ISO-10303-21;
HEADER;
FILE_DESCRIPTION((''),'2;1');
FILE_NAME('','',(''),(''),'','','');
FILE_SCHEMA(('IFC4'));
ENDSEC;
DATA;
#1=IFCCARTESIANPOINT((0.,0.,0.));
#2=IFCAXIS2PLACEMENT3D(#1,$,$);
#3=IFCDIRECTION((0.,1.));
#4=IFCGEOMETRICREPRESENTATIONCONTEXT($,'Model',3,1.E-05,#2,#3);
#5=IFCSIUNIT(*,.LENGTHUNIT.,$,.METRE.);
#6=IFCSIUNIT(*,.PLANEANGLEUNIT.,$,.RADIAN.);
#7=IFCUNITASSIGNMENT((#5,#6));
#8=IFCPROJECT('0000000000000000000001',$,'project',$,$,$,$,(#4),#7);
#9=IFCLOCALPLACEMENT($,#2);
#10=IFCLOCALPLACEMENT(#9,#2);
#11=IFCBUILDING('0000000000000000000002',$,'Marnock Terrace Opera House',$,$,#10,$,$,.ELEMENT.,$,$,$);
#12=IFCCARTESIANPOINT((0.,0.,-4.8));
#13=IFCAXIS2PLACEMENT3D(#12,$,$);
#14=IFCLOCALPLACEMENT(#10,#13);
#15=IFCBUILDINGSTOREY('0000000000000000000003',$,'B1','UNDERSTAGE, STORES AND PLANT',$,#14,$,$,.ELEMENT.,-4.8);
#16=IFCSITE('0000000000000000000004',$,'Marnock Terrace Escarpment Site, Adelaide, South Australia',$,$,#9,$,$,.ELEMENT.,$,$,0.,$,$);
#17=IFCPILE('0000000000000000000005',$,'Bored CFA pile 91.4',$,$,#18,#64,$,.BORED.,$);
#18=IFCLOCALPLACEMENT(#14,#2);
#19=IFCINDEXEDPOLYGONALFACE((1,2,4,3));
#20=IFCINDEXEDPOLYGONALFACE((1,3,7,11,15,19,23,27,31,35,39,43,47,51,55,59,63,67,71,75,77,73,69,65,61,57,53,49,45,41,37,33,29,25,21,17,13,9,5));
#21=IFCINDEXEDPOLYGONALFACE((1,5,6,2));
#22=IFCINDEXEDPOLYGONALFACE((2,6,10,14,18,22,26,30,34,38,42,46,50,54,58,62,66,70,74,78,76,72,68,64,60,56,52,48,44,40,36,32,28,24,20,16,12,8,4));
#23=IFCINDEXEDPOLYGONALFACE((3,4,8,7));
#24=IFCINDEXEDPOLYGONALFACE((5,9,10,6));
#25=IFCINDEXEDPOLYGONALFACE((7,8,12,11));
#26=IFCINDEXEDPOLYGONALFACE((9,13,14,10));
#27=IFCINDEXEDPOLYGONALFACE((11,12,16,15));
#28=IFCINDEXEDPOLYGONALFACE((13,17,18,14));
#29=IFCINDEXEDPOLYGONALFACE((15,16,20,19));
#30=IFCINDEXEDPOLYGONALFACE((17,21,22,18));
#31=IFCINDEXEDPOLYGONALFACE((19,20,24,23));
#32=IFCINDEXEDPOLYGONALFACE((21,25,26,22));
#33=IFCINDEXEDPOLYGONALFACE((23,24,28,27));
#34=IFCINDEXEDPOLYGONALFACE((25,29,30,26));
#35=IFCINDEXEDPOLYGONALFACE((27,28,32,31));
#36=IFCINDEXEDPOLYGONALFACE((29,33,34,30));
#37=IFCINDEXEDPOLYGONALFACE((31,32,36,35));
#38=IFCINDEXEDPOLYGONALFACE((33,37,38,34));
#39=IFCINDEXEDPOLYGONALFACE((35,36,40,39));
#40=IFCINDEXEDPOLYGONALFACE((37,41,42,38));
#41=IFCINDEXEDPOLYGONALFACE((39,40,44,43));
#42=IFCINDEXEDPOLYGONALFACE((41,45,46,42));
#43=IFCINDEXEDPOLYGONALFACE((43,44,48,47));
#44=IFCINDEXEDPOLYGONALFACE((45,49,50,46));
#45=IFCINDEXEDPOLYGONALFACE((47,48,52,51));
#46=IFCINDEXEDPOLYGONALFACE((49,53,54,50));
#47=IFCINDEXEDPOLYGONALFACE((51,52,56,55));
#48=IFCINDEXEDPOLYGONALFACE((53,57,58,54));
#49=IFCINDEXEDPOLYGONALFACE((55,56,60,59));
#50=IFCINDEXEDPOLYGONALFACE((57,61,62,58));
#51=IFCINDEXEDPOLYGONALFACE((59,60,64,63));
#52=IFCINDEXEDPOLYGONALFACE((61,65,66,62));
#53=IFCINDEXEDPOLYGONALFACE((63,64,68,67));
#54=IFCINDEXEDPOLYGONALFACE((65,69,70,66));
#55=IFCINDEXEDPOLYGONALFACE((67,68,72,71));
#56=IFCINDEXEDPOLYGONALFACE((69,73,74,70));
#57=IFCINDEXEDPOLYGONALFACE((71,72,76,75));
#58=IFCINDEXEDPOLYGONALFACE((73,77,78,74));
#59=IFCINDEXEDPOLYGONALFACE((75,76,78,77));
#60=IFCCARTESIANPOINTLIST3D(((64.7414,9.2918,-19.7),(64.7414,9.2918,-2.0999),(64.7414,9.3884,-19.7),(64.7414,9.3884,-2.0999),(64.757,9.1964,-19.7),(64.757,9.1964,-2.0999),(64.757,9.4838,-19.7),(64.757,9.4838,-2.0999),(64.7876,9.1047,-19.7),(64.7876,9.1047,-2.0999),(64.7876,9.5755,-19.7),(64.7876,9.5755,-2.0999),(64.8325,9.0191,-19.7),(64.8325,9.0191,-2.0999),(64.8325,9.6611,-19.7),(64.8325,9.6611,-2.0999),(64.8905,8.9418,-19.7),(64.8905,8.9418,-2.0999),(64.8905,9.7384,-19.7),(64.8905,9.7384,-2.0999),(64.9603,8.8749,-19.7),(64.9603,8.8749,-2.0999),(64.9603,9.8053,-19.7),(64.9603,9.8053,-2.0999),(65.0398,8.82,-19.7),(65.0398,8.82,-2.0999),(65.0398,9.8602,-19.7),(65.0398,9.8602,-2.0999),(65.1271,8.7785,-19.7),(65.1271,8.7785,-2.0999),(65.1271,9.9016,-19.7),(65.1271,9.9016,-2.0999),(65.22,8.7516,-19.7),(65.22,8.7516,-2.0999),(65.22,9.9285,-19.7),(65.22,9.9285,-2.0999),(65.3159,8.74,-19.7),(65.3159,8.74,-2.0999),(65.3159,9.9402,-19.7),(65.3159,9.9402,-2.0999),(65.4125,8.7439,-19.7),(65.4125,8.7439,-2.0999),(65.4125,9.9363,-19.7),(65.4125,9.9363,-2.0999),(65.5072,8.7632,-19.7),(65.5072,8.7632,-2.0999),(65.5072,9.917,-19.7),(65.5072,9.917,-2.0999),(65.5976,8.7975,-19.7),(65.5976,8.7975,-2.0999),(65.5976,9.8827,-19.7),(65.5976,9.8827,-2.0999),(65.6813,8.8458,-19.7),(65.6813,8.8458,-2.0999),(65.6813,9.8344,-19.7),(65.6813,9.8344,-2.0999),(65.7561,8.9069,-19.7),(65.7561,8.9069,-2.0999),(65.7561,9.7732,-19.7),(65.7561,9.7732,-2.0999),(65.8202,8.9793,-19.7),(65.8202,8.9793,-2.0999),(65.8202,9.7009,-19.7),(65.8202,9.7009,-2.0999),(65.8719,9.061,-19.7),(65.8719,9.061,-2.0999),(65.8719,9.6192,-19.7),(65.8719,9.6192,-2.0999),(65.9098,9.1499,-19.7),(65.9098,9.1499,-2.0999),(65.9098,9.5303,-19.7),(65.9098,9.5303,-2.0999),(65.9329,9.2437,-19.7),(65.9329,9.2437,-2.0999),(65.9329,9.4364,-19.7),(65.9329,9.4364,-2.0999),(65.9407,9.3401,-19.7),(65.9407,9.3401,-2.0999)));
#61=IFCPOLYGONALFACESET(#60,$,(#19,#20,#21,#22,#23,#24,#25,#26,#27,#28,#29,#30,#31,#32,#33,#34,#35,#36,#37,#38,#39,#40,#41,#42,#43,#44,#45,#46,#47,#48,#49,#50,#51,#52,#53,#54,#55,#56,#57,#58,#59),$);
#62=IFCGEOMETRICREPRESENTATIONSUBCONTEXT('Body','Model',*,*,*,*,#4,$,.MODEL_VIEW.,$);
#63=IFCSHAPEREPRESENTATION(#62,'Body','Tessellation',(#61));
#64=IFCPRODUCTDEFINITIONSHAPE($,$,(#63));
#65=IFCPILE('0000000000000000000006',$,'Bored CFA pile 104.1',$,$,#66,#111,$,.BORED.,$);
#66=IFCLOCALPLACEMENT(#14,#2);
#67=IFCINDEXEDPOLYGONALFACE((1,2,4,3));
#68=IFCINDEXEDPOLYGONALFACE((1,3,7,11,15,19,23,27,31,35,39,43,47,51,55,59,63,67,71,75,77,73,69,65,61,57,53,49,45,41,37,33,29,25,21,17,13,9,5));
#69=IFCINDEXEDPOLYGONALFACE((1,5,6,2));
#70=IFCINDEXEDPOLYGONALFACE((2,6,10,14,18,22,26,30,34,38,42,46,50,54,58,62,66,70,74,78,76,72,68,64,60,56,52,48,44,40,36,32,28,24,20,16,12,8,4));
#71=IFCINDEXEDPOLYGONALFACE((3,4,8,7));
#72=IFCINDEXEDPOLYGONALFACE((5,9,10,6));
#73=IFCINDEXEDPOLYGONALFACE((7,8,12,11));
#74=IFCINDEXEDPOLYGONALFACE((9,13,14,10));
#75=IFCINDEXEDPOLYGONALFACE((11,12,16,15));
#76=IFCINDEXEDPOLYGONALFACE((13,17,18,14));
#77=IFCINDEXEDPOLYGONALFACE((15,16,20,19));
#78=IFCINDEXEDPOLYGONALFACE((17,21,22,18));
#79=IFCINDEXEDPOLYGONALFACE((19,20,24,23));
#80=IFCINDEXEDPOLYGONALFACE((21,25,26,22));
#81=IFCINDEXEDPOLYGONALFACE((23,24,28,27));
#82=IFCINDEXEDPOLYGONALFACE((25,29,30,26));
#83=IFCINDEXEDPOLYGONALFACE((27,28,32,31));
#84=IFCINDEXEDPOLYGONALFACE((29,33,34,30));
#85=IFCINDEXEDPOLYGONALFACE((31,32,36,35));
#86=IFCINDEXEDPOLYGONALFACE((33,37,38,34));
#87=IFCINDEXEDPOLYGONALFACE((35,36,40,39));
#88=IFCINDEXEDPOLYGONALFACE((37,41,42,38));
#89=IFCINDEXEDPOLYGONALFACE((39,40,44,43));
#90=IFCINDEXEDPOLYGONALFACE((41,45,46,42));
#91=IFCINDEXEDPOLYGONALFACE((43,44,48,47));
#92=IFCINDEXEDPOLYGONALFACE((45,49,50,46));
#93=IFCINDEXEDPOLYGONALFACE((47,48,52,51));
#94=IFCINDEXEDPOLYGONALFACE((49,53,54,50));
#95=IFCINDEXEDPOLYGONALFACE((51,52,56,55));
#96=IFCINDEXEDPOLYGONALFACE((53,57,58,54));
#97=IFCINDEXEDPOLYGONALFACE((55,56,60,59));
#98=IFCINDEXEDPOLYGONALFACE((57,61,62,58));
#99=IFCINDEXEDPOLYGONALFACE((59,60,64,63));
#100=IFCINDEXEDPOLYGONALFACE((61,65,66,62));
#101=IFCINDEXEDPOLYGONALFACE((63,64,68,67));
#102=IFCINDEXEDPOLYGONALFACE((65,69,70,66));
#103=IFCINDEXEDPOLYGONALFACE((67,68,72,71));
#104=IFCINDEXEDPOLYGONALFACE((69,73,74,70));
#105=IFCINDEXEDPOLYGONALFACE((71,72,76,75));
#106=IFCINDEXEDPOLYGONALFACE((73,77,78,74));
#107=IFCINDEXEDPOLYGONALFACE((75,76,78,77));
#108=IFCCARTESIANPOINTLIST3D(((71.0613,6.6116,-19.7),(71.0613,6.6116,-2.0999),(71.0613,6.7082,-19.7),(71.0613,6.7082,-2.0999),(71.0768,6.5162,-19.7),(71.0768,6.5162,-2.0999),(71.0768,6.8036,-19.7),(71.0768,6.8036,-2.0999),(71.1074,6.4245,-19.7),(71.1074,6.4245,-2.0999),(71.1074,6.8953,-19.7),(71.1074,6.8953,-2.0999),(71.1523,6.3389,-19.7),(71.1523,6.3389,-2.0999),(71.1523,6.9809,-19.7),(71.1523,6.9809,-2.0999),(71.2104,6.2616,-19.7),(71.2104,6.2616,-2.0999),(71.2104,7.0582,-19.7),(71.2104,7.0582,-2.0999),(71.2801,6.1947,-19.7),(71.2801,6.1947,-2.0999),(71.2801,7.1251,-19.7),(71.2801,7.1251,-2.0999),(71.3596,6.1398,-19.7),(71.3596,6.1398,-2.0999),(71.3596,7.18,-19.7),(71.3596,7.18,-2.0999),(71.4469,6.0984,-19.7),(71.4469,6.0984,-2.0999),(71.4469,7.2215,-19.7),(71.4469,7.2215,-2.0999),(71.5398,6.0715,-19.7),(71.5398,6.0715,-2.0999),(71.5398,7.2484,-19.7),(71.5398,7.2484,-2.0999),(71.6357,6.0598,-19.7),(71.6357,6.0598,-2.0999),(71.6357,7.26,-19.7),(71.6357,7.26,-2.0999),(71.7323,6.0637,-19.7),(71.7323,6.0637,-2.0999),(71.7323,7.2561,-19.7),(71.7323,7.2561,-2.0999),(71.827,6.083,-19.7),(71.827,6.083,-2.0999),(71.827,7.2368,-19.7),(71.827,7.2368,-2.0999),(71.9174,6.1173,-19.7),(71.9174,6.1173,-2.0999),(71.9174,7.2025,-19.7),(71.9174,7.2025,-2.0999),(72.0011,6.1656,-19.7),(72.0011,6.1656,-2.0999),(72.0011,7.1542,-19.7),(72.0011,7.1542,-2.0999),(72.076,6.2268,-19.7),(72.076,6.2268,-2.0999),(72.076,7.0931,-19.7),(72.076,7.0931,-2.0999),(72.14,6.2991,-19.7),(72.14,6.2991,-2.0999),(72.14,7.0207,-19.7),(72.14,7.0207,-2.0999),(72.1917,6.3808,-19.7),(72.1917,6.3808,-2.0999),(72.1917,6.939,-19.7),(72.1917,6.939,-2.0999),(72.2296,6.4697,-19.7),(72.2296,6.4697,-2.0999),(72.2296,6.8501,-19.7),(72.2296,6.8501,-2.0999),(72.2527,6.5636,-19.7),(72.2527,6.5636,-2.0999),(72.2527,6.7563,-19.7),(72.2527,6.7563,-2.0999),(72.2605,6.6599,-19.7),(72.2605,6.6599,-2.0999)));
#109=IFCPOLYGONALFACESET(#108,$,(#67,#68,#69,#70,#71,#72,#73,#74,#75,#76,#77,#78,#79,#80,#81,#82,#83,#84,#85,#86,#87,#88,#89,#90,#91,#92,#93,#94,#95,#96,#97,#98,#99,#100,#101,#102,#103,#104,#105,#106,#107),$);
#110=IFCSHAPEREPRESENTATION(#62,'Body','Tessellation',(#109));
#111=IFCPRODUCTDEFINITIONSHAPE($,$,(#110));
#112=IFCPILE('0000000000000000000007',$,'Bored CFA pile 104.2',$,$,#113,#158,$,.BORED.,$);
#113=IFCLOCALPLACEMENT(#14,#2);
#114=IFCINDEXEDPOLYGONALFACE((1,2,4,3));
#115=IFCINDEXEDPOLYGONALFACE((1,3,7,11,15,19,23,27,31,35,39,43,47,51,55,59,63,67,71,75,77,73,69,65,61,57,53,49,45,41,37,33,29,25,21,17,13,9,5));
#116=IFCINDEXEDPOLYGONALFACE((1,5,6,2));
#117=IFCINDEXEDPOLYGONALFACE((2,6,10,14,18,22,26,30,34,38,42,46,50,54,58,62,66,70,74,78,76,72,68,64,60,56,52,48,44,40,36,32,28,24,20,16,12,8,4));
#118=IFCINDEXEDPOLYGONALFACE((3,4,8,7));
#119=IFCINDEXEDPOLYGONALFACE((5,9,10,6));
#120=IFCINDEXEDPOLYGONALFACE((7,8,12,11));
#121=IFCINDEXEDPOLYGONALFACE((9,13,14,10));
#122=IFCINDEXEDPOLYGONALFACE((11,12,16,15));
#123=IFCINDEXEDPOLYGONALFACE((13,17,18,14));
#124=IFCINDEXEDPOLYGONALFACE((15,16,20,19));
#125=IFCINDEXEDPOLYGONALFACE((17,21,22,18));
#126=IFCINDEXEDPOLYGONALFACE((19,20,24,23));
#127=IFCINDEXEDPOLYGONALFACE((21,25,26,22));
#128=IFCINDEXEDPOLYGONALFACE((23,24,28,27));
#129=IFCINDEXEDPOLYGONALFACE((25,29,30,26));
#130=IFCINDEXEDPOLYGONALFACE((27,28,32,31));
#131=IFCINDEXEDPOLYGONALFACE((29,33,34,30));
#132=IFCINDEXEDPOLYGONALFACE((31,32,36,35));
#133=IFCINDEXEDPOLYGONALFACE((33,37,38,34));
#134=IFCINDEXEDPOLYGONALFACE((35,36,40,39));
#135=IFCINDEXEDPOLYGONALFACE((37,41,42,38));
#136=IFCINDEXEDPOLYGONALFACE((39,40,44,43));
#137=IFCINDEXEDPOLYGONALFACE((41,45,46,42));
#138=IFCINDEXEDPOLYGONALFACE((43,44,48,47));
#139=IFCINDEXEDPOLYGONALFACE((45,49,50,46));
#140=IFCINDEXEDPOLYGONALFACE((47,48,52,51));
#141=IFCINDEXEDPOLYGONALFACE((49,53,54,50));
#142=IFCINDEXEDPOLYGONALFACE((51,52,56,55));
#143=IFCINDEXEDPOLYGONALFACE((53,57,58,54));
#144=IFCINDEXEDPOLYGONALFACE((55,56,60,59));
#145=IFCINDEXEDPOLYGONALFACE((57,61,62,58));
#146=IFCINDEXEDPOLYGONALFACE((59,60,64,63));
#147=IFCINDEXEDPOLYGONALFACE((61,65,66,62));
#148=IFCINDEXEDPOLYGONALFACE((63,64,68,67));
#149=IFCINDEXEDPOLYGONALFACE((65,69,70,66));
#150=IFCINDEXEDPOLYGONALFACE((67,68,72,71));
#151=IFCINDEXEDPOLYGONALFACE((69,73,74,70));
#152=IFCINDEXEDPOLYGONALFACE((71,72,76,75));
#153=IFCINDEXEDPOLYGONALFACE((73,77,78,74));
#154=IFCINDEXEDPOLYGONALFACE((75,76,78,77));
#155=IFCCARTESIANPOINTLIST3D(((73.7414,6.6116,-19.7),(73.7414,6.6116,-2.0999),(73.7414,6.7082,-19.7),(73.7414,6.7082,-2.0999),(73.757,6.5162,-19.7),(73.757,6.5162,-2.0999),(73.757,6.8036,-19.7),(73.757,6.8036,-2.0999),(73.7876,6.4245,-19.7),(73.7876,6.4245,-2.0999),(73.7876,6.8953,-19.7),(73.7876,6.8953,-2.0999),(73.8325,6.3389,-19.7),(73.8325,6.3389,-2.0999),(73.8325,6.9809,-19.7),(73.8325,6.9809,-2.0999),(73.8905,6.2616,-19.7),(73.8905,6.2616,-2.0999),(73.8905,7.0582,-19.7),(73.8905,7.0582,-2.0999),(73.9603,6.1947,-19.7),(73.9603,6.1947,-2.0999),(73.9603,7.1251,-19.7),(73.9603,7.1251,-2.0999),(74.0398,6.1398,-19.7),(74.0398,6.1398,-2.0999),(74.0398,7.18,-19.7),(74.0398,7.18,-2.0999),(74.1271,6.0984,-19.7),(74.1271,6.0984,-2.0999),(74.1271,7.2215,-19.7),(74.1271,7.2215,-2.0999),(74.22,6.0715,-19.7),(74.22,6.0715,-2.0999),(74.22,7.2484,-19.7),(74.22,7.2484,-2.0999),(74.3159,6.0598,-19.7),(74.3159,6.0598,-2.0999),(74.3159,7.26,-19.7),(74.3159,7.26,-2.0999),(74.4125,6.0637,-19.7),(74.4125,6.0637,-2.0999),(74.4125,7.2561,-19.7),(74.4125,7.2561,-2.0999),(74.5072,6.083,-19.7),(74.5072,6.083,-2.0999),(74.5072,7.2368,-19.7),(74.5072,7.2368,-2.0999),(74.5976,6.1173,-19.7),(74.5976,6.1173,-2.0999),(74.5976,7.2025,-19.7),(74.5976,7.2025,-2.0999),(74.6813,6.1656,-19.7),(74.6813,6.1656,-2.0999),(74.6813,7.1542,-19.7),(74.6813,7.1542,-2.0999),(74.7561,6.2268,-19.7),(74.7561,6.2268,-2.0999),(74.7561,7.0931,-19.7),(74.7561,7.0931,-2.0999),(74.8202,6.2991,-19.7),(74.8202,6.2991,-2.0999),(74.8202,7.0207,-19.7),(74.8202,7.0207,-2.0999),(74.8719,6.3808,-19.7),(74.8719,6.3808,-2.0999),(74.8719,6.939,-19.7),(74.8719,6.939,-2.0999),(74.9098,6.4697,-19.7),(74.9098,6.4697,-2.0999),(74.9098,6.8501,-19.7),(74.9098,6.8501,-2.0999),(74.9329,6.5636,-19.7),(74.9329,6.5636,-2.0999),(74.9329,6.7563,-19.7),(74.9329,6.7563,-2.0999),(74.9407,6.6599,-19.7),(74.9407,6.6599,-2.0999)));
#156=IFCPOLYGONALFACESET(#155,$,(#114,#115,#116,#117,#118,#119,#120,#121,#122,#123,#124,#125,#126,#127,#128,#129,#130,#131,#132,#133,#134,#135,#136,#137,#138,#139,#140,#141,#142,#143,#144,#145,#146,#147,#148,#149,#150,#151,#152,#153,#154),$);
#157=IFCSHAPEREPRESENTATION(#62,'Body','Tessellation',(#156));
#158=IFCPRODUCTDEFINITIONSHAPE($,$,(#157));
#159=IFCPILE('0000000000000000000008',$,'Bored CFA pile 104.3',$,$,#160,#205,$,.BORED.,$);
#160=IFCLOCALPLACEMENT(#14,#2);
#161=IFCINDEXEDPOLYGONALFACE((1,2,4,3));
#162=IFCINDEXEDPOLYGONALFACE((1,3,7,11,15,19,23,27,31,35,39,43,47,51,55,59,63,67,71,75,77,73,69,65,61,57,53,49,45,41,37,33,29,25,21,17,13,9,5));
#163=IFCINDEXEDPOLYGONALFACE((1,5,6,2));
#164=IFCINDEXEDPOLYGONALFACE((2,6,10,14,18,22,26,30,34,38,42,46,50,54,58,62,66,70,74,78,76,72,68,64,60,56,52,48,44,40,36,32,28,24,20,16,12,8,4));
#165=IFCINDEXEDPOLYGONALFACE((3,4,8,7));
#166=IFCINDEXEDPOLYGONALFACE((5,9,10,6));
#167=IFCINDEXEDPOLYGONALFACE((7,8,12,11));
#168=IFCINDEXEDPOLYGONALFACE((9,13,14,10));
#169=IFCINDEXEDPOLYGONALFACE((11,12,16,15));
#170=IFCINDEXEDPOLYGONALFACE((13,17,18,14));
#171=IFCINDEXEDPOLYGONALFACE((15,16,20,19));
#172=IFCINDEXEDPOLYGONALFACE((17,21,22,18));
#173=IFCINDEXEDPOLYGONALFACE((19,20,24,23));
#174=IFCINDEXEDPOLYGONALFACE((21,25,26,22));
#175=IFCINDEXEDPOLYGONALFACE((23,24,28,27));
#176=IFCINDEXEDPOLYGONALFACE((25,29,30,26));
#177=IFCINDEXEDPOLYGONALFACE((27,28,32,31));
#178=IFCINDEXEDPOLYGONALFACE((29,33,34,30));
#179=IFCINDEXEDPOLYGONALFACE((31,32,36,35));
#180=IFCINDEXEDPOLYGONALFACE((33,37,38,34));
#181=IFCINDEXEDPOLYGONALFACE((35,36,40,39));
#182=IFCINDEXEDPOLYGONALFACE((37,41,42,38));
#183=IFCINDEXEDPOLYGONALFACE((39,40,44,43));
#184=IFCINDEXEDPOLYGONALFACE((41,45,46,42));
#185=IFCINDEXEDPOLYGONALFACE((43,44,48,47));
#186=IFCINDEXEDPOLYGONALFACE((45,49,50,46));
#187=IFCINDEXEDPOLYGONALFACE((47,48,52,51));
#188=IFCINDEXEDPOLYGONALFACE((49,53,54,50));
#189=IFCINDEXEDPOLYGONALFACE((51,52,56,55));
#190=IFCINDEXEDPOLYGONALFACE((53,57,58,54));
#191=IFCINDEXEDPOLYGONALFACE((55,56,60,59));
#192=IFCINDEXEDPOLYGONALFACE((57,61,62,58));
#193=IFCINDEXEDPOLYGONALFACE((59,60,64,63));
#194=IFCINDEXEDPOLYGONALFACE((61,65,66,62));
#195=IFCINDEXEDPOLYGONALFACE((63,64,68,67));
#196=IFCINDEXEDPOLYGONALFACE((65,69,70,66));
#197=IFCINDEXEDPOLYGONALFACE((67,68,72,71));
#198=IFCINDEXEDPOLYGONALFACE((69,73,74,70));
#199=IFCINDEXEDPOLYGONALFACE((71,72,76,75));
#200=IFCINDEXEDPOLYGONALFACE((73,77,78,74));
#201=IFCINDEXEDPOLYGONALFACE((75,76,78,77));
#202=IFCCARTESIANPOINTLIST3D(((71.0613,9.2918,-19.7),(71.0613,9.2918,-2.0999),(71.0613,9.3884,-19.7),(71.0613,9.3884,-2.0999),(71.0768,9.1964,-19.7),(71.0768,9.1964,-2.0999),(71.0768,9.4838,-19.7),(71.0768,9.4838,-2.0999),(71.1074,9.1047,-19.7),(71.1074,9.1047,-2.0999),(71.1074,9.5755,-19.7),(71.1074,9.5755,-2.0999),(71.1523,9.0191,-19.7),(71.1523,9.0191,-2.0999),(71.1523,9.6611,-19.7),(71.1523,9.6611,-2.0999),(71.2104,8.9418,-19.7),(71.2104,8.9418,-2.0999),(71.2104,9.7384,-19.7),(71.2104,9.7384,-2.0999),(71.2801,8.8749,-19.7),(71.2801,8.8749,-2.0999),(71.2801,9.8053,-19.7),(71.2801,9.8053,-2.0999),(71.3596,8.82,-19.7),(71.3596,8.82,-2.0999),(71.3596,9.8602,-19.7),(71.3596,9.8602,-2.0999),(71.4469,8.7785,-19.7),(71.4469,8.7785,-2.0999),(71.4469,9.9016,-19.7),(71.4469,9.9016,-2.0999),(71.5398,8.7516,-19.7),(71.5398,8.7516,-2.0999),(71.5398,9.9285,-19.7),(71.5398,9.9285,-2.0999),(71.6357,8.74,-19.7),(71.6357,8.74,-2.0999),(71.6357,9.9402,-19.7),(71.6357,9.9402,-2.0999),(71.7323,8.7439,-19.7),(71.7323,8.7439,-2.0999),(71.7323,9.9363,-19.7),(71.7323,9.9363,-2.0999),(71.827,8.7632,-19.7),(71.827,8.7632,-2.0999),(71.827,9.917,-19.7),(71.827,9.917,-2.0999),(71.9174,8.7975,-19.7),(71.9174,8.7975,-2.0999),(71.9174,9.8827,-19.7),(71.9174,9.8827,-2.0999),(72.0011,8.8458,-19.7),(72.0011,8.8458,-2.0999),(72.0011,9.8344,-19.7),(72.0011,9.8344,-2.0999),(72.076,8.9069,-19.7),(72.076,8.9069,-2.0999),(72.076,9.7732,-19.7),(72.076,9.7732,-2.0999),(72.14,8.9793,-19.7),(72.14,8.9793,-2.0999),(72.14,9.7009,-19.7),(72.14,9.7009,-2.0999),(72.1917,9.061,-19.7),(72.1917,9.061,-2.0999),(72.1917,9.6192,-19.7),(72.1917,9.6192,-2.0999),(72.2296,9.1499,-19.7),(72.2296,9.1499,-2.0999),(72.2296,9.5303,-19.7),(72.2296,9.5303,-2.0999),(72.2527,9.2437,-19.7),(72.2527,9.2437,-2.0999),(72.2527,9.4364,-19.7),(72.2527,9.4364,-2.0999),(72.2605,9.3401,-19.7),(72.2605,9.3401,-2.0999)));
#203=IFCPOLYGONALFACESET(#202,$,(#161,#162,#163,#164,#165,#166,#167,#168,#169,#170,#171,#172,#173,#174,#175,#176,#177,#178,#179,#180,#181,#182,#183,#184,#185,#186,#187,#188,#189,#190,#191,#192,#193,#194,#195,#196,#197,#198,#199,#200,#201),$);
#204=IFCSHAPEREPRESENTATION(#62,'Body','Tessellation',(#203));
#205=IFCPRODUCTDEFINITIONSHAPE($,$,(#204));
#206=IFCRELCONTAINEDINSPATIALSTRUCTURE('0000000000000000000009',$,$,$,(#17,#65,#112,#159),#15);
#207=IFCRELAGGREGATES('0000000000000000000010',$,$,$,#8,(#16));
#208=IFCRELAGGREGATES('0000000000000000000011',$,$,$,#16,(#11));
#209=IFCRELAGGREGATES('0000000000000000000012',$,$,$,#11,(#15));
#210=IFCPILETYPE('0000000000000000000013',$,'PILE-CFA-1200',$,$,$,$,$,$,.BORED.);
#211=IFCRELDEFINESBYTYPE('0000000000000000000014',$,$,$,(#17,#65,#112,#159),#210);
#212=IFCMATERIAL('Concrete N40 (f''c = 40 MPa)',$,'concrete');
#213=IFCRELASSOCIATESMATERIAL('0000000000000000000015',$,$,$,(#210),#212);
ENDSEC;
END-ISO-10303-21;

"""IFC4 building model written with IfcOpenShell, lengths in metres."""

from ifc_helpers import new_model, si_unit, direction, frame, origin, origin_2d, place, context, subcontext, project, spatial, circle, extrude, material, material_profile, profile_set, type_object, element, save


model = new_model("IFC4")

# Units and contexts
model_context = context("Model", 3, precision=1e-05, world=origin(), true_north=direction((0.0, 1.0)))
body_context = subcontext(model_context, "Body", "Model", "MODEL_VIEW")
ifc_project = project(units=[si_unit("LENGTHUNIT", "METRE"), si_unit("PLANEANGLEUNIT", "RADIAN")], contexts=[model_context])

# Site, building, storey
site_placement = place(None, origin())
site = spatial("IfcSite", under=ifc_project, at=site_placement, Name="Marnock Terrace Escarpment Site, Adelaide, South Australia", CompositionType="ELEMENT", RefElevation=0.0)
building_placement = place(site_placement, origin())
building = spatial("IfcBuilding", under=site, at=building_placement, Name="Marnock Terrace Opera House", CompositionType="ELEMENT")
storey_placement = place(building_placement, frame((0.0, 0.0, -4.8)))
storey = spatial("IfcBuildingStorey", under=building, at=storey_placement, Name="B1", Description="UNDERSTAGE, STORES AND PLANT", CompositionType="ELEMENT", Elevation=-4.8)

# Shared definitions
ifc_material_1 = material(Name="Concrete N40 (f'c = 40 MPa)", Category="concrete")

# Piles
ifc_material_profile_1 = material_profile(ifc_material_1, circle(Radius=0.6006, at=origin_2d()))
ifc_profile_set_1 = profile_set([ifc_material_profile_1], Name="Concrete N40 (f'c = 40 MPa)")
pile_type_1 = type_object("IfcPileType", Name="PILE-CFA-1200", PredefinedType="BORED", material=ifc_profile_set_1)
for number, where, z_axis, x_axis, name in (
    (1, (65.3401, 9.3401, -2.0999), (0.0, 0.0, -1.0), (1.0, 0.0, 0.0), "Bored CFA pile 91.4"),
    (2, (71.6599, 6.6599, -2.0999), (0.0, 0.0, -1.0), (1.0, 0.0, 0.0), "Bored CFA pile 104.1"),
    (3, (74.3401, 6.6599, -2.0999), (0.0, 0.0, -1.0), (1.0, 0.0, 0.0), "Bored CFA pile 104.2"),
    (4, (71.6599, 9.3401, -2.0999), (0.0, 0.0, -1.0), (1.0, 0.0, 0.0), "Bored CFA pile 104.3"),
):
    element("IfcPile", number, at=place(storey_placement, frame(where, z_axis=z_axis, x_axis=x_axis)), inside=storey, type_object=pile_type_1, Name=name, PredefinedType="BORED", context=body_context, shape_type="SweptSolid", body=[
        extrude(circle(Radius=0.6006, at=origin_2d()), origin(), (0.0, 0.0, 1.0), 17.6001),
    ])

save(model, "model.ifc")
